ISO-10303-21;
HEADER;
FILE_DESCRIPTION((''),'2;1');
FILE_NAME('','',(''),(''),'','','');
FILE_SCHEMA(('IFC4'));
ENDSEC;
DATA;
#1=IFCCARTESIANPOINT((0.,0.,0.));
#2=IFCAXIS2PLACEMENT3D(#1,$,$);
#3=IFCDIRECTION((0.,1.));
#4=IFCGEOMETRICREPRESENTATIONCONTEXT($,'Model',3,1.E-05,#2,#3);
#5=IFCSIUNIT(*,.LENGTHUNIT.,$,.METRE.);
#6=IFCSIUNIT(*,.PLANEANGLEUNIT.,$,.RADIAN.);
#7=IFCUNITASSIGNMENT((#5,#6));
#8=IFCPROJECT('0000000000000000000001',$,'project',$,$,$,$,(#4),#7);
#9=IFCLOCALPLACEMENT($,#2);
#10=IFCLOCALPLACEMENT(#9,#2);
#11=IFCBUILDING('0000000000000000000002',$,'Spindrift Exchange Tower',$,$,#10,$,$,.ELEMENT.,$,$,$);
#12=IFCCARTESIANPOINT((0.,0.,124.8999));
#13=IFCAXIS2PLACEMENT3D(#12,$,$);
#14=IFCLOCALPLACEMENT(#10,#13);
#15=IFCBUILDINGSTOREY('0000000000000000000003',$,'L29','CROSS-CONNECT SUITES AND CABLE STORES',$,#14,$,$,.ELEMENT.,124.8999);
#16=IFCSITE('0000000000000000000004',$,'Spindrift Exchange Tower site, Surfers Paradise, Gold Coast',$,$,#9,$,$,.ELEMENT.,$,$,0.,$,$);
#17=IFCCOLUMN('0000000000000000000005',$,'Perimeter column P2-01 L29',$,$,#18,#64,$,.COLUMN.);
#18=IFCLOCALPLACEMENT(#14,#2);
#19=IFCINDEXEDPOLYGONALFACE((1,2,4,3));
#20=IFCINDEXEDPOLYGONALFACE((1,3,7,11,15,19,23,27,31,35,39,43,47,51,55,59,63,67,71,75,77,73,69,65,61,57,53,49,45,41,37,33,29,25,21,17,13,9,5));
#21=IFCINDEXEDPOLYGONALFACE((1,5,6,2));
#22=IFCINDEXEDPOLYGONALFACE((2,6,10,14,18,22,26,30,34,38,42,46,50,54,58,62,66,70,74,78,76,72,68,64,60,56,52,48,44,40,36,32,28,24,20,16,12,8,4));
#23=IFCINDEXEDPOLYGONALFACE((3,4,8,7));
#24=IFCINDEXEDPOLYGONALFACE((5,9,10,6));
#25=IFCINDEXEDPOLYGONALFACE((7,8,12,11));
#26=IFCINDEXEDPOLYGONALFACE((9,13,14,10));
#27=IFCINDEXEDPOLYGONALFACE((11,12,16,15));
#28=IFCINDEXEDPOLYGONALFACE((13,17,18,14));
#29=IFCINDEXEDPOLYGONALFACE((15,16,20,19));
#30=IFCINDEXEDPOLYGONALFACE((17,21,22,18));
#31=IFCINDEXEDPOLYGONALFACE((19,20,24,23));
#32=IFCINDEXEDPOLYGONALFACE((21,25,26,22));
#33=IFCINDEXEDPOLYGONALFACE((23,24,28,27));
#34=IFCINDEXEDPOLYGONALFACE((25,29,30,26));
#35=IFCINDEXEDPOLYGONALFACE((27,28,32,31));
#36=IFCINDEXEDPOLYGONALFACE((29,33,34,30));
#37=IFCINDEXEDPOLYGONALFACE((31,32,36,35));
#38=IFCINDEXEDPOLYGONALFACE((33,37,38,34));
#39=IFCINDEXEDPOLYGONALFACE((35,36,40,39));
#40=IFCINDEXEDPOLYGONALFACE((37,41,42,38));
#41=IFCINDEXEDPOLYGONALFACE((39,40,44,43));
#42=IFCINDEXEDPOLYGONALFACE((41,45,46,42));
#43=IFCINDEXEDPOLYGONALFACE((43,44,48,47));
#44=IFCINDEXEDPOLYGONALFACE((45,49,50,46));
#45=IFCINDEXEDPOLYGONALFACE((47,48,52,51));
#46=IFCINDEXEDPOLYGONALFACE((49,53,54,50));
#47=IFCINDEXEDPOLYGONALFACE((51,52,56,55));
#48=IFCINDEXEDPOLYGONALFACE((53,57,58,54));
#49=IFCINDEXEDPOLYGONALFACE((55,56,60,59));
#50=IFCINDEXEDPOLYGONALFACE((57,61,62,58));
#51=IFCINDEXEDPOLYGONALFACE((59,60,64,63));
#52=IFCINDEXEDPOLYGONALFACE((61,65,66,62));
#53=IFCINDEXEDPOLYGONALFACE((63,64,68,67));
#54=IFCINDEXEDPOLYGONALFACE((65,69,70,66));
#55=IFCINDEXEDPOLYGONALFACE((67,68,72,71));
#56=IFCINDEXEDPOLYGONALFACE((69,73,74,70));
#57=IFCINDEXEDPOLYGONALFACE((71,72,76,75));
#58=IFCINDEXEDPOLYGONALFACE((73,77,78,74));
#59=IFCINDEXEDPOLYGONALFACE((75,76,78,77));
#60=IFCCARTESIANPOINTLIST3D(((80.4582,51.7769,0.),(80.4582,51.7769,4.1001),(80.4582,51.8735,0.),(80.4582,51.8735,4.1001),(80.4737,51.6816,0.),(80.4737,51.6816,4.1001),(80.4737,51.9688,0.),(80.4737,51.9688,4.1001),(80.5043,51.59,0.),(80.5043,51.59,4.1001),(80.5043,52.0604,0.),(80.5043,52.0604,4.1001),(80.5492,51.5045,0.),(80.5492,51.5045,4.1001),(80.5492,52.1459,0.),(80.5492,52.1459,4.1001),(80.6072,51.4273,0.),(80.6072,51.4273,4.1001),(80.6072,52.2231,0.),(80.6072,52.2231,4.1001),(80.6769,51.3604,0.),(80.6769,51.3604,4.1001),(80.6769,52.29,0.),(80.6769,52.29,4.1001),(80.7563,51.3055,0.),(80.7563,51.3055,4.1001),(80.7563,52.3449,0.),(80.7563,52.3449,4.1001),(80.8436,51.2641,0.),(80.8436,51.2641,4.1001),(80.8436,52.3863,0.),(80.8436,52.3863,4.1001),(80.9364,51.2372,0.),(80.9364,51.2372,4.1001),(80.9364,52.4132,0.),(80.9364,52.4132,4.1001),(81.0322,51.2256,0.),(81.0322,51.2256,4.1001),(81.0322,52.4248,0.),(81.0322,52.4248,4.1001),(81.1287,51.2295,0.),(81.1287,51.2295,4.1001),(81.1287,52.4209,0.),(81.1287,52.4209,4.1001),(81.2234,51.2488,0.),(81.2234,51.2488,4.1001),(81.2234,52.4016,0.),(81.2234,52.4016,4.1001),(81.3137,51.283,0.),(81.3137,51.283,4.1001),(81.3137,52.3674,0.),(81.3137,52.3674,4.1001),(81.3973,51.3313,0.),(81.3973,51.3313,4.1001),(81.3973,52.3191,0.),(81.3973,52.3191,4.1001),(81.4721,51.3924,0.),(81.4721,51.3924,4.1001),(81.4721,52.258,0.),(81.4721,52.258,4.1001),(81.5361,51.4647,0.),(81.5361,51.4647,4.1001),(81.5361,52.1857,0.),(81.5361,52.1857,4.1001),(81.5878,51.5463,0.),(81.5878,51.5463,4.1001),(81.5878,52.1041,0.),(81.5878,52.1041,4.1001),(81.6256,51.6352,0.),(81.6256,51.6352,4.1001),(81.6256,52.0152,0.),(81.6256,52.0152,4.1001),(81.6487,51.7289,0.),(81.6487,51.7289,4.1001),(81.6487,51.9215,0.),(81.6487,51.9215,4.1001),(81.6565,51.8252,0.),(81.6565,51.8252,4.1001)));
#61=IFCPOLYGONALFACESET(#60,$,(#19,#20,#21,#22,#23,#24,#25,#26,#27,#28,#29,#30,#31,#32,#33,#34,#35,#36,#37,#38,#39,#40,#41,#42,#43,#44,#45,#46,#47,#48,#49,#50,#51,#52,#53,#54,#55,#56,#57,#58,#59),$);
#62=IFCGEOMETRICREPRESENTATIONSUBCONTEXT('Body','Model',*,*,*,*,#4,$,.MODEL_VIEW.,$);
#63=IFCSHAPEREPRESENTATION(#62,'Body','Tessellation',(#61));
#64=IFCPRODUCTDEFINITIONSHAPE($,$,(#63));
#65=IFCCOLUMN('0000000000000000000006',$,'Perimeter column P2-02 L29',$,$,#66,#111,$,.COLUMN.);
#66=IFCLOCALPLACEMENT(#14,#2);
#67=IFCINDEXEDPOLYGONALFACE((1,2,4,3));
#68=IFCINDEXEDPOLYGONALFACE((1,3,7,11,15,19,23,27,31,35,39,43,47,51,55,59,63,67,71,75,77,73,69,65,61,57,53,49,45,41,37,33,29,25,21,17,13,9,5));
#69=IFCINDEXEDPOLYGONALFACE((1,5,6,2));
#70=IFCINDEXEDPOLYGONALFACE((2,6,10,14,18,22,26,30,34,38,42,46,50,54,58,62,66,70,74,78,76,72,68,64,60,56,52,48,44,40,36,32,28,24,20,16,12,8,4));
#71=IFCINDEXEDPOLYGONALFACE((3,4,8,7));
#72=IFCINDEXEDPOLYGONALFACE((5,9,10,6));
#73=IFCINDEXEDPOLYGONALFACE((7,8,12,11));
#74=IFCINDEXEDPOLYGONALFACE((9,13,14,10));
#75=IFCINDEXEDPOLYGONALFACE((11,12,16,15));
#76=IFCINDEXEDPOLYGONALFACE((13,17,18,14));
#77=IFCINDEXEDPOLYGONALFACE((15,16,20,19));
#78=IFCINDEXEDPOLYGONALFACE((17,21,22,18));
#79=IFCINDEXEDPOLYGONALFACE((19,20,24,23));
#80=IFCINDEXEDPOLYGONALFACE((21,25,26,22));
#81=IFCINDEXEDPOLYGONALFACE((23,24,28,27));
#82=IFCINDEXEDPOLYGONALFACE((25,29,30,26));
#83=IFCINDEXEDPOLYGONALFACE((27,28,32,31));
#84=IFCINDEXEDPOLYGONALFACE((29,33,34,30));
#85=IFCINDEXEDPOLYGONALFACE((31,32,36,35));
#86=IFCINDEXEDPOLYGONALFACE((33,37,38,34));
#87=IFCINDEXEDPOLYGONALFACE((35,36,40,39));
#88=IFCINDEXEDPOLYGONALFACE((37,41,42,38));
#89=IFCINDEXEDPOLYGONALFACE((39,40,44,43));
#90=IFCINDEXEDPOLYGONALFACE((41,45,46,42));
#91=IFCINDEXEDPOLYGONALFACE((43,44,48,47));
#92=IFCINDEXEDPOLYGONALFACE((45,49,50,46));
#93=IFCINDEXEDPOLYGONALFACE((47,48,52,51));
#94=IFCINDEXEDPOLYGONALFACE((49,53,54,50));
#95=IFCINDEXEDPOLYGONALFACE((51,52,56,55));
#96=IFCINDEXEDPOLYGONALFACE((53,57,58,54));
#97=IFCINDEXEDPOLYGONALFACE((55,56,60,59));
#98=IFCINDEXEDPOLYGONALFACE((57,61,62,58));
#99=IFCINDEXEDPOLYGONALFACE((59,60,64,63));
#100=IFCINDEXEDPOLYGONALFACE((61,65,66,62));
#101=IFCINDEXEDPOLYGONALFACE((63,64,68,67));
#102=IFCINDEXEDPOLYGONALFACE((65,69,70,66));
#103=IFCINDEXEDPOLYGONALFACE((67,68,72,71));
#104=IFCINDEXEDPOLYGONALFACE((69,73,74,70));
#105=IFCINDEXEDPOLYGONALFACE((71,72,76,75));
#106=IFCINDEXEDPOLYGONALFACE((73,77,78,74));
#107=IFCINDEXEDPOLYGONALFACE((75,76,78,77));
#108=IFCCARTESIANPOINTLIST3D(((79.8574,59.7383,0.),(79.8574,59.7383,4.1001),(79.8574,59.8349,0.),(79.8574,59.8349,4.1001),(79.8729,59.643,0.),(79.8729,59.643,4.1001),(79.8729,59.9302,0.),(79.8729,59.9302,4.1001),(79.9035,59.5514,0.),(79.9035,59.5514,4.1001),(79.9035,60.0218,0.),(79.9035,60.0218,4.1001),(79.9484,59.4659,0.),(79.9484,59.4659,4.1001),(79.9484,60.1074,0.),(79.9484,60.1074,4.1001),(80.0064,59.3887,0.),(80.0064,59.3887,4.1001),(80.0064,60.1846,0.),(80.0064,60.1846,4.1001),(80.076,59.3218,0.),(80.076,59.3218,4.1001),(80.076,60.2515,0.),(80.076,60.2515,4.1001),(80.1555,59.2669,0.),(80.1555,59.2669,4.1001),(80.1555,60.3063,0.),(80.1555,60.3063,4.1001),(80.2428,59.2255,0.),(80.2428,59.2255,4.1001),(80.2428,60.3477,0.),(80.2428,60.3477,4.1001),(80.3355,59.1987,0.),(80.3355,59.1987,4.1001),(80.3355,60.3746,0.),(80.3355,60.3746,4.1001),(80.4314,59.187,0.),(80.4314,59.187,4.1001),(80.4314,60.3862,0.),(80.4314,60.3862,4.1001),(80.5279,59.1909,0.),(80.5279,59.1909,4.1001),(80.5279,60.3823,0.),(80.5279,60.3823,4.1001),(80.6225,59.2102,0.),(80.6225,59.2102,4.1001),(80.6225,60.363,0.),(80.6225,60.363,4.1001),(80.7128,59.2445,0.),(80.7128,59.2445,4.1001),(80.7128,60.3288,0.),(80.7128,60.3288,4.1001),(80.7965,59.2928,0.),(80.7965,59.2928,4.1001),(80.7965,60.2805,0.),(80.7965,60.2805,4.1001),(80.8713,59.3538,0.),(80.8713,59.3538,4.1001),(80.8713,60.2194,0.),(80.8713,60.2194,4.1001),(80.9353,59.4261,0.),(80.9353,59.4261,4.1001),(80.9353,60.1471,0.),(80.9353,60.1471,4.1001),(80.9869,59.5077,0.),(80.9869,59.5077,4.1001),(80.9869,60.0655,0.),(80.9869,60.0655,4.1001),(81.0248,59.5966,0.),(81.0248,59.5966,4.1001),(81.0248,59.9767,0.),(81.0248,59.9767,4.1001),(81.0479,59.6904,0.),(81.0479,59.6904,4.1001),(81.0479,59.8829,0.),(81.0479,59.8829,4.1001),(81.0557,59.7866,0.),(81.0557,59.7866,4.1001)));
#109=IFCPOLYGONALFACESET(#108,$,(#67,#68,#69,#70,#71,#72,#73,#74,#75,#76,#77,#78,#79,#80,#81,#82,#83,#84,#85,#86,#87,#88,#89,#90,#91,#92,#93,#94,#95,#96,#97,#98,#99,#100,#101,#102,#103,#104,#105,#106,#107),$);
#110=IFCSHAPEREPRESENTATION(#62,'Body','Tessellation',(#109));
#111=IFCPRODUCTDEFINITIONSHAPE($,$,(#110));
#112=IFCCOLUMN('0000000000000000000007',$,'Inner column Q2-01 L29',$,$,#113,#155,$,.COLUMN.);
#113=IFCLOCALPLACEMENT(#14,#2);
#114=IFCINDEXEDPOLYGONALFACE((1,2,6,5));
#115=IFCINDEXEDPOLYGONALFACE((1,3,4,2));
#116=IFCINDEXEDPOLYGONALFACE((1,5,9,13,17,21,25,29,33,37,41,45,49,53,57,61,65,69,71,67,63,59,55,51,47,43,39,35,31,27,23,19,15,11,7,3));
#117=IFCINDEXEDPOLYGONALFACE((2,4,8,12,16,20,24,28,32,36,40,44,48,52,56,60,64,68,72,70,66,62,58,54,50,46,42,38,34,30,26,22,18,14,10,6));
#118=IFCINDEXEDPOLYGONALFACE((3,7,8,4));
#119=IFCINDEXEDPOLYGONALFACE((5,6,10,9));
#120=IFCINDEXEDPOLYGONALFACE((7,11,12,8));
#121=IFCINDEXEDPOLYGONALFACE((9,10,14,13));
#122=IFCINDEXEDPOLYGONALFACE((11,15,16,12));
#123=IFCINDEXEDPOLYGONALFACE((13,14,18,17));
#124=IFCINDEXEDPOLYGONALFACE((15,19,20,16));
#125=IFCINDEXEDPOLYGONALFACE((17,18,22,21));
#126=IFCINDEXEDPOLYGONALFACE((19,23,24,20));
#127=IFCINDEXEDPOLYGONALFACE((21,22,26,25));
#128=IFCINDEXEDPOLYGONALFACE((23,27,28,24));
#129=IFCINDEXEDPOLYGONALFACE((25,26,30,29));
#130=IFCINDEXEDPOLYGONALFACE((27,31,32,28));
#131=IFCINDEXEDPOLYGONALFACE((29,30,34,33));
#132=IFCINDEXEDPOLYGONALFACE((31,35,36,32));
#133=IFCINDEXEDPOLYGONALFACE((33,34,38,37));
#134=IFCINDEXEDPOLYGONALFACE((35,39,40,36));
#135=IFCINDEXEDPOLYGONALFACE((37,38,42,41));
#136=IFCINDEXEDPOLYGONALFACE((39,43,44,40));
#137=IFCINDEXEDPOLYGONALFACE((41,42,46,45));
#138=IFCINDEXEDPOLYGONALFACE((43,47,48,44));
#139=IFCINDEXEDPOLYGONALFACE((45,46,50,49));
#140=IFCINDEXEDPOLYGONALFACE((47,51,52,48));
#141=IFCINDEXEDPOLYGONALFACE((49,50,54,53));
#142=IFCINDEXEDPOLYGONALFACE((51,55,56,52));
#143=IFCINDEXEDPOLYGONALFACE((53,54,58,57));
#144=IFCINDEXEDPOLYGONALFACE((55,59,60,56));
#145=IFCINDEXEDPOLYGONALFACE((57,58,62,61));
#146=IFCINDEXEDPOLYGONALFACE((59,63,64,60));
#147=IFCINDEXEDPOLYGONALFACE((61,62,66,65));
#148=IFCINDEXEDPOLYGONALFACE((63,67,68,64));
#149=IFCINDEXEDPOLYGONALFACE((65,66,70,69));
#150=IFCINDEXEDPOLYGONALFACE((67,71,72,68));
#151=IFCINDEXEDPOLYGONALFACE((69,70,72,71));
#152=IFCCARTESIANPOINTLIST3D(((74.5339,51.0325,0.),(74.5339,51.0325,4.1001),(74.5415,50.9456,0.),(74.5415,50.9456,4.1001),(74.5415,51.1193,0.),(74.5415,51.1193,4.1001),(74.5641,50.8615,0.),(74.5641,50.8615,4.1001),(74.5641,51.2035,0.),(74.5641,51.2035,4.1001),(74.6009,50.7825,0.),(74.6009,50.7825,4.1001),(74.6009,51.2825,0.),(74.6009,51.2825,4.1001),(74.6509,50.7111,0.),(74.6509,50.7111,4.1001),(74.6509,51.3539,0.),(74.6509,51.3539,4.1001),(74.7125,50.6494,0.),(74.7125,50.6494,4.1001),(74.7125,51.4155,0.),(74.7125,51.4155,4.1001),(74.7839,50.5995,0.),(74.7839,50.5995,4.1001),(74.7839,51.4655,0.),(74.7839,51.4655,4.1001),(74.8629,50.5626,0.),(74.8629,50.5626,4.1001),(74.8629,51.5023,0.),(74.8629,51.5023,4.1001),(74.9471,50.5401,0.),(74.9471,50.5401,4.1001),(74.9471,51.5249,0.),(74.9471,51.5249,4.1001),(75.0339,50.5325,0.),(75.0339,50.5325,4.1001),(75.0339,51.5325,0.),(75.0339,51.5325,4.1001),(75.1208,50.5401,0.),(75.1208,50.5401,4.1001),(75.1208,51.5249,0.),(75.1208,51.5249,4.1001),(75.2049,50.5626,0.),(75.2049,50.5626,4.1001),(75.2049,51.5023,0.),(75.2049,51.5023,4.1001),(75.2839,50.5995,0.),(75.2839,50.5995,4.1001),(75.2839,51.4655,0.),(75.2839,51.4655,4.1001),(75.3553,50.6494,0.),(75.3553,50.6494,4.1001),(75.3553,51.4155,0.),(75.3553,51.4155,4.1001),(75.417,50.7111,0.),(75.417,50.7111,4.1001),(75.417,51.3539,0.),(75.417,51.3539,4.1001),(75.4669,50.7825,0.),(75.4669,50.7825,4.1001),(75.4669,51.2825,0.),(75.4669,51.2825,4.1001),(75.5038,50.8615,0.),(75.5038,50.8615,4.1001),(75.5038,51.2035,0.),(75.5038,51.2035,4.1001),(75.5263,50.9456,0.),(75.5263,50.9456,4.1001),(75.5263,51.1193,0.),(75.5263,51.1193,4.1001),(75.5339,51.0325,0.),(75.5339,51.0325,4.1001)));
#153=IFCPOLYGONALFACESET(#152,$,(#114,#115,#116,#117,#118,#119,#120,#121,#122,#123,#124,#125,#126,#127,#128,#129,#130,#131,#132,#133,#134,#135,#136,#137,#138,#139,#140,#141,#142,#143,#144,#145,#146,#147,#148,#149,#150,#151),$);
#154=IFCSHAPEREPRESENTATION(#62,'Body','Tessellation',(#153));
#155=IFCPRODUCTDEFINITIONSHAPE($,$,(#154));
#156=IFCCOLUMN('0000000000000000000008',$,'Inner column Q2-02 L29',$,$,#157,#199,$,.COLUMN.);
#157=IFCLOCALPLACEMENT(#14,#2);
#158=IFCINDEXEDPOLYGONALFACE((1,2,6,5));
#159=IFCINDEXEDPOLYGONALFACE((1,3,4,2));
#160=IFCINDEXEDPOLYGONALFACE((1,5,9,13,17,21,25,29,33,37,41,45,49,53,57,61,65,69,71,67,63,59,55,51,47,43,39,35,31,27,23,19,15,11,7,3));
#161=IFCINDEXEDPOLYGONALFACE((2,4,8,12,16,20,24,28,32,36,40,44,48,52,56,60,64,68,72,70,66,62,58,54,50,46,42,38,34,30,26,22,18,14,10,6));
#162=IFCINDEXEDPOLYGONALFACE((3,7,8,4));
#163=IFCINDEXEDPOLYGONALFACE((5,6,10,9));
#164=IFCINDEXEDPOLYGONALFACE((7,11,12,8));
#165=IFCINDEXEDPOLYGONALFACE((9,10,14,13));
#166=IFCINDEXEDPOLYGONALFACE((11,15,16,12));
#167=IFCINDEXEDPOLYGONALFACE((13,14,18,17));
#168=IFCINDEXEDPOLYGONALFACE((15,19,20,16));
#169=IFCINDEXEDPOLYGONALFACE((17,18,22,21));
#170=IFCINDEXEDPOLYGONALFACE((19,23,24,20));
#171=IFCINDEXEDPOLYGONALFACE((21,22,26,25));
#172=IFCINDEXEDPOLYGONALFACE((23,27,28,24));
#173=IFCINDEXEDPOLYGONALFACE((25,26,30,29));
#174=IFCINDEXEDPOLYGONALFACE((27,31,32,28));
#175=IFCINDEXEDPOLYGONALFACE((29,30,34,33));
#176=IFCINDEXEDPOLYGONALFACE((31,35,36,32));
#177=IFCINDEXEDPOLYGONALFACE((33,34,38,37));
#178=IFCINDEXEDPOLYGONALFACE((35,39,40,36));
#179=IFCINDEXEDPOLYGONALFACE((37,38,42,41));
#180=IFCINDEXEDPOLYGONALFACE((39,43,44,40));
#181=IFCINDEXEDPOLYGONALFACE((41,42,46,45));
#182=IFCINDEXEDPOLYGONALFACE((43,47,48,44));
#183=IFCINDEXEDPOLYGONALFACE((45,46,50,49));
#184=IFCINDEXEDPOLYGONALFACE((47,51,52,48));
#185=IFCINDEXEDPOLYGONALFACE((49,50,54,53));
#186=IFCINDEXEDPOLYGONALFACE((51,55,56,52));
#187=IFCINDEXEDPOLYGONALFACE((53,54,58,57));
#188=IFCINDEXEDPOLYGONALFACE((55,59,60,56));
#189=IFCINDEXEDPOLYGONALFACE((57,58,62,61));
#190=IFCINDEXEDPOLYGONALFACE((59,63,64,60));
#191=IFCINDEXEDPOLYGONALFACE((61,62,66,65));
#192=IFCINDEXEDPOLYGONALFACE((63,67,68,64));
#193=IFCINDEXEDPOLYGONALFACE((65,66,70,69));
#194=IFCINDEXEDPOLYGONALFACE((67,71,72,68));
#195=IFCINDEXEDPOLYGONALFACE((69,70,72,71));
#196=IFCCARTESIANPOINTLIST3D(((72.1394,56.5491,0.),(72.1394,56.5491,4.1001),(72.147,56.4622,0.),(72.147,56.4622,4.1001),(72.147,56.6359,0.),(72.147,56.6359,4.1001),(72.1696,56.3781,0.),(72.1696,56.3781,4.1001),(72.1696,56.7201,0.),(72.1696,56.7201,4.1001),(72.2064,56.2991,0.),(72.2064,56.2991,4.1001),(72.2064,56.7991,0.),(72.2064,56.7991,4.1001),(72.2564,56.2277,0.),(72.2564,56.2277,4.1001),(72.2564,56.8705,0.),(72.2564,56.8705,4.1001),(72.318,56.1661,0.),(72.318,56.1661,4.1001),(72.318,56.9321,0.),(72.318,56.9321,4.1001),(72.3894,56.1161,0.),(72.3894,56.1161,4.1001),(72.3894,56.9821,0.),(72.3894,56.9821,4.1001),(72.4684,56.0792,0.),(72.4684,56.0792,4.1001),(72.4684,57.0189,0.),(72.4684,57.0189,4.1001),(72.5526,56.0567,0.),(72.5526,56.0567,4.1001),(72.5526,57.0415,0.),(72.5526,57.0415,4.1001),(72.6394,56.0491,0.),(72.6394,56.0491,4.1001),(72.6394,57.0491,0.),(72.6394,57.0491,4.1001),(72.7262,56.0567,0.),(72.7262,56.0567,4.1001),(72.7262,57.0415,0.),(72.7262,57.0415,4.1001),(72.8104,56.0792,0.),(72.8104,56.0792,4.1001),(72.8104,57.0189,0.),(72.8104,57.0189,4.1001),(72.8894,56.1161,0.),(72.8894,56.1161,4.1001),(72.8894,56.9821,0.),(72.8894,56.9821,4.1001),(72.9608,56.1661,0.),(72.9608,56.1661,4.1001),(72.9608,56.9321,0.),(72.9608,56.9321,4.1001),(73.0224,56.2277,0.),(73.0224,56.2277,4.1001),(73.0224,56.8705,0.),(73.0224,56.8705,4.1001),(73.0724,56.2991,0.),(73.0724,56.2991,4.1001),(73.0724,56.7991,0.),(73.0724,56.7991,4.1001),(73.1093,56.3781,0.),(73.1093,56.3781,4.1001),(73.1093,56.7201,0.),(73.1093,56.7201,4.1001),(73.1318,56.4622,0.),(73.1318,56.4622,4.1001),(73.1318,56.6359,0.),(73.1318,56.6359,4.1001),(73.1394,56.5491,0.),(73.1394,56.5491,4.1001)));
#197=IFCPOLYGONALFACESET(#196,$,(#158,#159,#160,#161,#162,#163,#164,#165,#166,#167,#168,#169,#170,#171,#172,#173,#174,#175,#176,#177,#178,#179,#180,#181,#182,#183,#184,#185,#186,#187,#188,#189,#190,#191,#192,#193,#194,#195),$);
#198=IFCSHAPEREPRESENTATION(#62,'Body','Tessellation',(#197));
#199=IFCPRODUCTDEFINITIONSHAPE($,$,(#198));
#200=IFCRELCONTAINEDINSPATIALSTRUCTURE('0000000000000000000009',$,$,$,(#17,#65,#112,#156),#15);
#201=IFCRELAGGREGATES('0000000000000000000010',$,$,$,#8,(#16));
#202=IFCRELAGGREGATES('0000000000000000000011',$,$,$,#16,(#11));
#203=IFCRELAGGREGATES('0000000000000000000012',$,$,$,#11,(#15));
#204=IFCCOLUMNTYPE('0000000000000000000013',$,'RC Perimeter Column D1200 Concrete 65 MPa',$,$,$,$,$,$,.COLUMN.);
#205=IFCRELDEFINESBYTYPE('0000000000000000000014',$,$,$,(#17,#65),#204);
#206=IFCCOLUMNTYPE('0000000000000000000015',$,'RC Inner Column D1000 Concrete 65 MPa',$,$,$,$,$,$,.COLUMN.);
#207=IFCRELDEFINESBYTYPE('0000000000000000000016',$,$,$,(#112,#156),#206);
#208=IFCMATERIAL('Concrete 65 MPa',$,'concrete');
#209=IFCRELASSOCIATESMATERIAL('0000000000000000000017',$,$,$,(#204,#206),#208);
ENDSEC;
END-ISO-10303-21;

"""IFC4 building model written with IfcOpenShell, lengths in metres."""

from ifc_helpers import new_model, si_unit, direction, frame, origin, origin_2d, place, context, subcontext, project, spatial, circle, extrude, source, transform, mapped, material, material_profile, profile_set, type_object, element, save


model = new_model("IFC4")

# Units and contexts
model_context = context("Model", 3, precision=1e-05, world=origin(), true_north=direction((0.0, 1.0)))
body_context = subcontext(model_context, "Body", "Model", "MODEL_VIEW")
ifc_project = project(units=[si_unit("LENGTHUNIT", "METRE"), si_unit("PLANEANGLEUNIT", "RADIAN")], contexts=[model_context])

# Site, building, storey
site_placement = place(None, origin())
site = spatial("IfcSite", under=ifc_project, at=site_placement, Name="Spindrift Exchange Tower site, Surfers Paradise, Gold Coast", CompositionType="ELEMENT", RefElevation=0.0)
building_placement = place(site_placement, origin())
building = spatial("IfcBuilding", under=site, at=building_placement, Name="Spindrift Exchange Tower", CompositionType="ELEMENT")
storey_placement = place(building_placement, frame((0.0, 0.0, 124.8999)))
storey = spatial("IfcBuildingStorey", under=building, at=storey_placement, Name="L29", Description="CROSS-CONNECT SUITES AND CABLE STORES", CompositionType="ELEMENT", Elevation=124.8999)

# Columns
ifc_material_1 = material(Name="Concrete 65 MPa", Category="concrete")
ifc_material_profile_1 = material_profile(ifc_material_1, circle(Radius=0.6001, at=origin_2d()), Name="RC D1200")
ifc_profile_set_1 = profile_set([ifc_material_profile_1], Name="Concrete 65 MPa")
column_type_1 = type_object("IfcColumnType", Name="RC Perimeter Column D1200 Concrete 65 MPa", PredefinedType="COLUMN", material=ifc_profile_set_1)
shared_shape_1 = source(origin(), body_context, "Body", "SweptSolid", [
    extrude(circle(Radius=0.6001, at=origin_2d()), origin(), (0.0, 0.0, 1.0), 4.1001),
])
for number, where, z_axis, x_axis, name in (
    (1, (81.0564, 51.8252, 0.0), (0.0, 0.0, 1.0), (1.0, 0.0, 0.0), "Perimeter column P2-01 L29"),
    (2, (80.4556, 59.7866, 0.0), (0.0, 0.0, 1.0), (1.0, 0.0, 0.0), "Perimeter column P2-02 L29"),
):
    element("IfcColumn", number, at=place(storey_placement, frame(where, z_axis=z_axis, x_axis=x_axis)), inside=storey, type_object=column_type_1, Name=name, PredefinedType="COLUMN", context=body_context, shape_type="MappedRepresentation", body=[
        mapped(shared_shape_1, transform((0.0, 0.0, 0.0), scale=1.0)),
    ])
ifc_material_profile_2 = material_profile(ifc_material_1, circle(Radius=0.5, at=origin_2d()), Name="RC D1000")
ifc_profile_set_2 = profile_set([ifc_material_profile_2], Name="Concrete 65 MPa")
column_type_2 = type_object("IfcColumnType", Name="RC Inner Column D1000 Concrete 65 MPa", PredefinedType="COLUMN", material=ifc_profile_set_2)
shared_shape_2 = source(origin(), body_context, "Body", "SweptSolid", [
    extrude(circle(Radius=0.5, at=origin_2d()), origin(), (0.0, 0.0, 1.0), 4.1001),
])
for number, where, z_axis, x_axis, name in (
    (3, (75.0339, 51.0325, 0.0), (0.0, 0.0, 1.0), (1.0, 0.0, 0.0), "Inner column Q2-01 L29"),
    (4, (72.6394, 56.5491, 0.0), (0.0, 0.0, 1.0), (1.0, 0.0, 0.0), "Inner column Q2-02 L29"),
):
    element("IfcColumn", number, at=place(storey_placement, frame(where, z_axis=z_axis, x_axis=x_axis)), inside=storey, type_object=column_type_2, Name=name, PredefinedType="COLUMN", context=body_context, shape_type="MappedRepresentation", body=[
        mapped(shared_shape_2, transform((0.0, 0.0, 0.0), scale=1.0)),
    ])

save(model, "model.ifc")
